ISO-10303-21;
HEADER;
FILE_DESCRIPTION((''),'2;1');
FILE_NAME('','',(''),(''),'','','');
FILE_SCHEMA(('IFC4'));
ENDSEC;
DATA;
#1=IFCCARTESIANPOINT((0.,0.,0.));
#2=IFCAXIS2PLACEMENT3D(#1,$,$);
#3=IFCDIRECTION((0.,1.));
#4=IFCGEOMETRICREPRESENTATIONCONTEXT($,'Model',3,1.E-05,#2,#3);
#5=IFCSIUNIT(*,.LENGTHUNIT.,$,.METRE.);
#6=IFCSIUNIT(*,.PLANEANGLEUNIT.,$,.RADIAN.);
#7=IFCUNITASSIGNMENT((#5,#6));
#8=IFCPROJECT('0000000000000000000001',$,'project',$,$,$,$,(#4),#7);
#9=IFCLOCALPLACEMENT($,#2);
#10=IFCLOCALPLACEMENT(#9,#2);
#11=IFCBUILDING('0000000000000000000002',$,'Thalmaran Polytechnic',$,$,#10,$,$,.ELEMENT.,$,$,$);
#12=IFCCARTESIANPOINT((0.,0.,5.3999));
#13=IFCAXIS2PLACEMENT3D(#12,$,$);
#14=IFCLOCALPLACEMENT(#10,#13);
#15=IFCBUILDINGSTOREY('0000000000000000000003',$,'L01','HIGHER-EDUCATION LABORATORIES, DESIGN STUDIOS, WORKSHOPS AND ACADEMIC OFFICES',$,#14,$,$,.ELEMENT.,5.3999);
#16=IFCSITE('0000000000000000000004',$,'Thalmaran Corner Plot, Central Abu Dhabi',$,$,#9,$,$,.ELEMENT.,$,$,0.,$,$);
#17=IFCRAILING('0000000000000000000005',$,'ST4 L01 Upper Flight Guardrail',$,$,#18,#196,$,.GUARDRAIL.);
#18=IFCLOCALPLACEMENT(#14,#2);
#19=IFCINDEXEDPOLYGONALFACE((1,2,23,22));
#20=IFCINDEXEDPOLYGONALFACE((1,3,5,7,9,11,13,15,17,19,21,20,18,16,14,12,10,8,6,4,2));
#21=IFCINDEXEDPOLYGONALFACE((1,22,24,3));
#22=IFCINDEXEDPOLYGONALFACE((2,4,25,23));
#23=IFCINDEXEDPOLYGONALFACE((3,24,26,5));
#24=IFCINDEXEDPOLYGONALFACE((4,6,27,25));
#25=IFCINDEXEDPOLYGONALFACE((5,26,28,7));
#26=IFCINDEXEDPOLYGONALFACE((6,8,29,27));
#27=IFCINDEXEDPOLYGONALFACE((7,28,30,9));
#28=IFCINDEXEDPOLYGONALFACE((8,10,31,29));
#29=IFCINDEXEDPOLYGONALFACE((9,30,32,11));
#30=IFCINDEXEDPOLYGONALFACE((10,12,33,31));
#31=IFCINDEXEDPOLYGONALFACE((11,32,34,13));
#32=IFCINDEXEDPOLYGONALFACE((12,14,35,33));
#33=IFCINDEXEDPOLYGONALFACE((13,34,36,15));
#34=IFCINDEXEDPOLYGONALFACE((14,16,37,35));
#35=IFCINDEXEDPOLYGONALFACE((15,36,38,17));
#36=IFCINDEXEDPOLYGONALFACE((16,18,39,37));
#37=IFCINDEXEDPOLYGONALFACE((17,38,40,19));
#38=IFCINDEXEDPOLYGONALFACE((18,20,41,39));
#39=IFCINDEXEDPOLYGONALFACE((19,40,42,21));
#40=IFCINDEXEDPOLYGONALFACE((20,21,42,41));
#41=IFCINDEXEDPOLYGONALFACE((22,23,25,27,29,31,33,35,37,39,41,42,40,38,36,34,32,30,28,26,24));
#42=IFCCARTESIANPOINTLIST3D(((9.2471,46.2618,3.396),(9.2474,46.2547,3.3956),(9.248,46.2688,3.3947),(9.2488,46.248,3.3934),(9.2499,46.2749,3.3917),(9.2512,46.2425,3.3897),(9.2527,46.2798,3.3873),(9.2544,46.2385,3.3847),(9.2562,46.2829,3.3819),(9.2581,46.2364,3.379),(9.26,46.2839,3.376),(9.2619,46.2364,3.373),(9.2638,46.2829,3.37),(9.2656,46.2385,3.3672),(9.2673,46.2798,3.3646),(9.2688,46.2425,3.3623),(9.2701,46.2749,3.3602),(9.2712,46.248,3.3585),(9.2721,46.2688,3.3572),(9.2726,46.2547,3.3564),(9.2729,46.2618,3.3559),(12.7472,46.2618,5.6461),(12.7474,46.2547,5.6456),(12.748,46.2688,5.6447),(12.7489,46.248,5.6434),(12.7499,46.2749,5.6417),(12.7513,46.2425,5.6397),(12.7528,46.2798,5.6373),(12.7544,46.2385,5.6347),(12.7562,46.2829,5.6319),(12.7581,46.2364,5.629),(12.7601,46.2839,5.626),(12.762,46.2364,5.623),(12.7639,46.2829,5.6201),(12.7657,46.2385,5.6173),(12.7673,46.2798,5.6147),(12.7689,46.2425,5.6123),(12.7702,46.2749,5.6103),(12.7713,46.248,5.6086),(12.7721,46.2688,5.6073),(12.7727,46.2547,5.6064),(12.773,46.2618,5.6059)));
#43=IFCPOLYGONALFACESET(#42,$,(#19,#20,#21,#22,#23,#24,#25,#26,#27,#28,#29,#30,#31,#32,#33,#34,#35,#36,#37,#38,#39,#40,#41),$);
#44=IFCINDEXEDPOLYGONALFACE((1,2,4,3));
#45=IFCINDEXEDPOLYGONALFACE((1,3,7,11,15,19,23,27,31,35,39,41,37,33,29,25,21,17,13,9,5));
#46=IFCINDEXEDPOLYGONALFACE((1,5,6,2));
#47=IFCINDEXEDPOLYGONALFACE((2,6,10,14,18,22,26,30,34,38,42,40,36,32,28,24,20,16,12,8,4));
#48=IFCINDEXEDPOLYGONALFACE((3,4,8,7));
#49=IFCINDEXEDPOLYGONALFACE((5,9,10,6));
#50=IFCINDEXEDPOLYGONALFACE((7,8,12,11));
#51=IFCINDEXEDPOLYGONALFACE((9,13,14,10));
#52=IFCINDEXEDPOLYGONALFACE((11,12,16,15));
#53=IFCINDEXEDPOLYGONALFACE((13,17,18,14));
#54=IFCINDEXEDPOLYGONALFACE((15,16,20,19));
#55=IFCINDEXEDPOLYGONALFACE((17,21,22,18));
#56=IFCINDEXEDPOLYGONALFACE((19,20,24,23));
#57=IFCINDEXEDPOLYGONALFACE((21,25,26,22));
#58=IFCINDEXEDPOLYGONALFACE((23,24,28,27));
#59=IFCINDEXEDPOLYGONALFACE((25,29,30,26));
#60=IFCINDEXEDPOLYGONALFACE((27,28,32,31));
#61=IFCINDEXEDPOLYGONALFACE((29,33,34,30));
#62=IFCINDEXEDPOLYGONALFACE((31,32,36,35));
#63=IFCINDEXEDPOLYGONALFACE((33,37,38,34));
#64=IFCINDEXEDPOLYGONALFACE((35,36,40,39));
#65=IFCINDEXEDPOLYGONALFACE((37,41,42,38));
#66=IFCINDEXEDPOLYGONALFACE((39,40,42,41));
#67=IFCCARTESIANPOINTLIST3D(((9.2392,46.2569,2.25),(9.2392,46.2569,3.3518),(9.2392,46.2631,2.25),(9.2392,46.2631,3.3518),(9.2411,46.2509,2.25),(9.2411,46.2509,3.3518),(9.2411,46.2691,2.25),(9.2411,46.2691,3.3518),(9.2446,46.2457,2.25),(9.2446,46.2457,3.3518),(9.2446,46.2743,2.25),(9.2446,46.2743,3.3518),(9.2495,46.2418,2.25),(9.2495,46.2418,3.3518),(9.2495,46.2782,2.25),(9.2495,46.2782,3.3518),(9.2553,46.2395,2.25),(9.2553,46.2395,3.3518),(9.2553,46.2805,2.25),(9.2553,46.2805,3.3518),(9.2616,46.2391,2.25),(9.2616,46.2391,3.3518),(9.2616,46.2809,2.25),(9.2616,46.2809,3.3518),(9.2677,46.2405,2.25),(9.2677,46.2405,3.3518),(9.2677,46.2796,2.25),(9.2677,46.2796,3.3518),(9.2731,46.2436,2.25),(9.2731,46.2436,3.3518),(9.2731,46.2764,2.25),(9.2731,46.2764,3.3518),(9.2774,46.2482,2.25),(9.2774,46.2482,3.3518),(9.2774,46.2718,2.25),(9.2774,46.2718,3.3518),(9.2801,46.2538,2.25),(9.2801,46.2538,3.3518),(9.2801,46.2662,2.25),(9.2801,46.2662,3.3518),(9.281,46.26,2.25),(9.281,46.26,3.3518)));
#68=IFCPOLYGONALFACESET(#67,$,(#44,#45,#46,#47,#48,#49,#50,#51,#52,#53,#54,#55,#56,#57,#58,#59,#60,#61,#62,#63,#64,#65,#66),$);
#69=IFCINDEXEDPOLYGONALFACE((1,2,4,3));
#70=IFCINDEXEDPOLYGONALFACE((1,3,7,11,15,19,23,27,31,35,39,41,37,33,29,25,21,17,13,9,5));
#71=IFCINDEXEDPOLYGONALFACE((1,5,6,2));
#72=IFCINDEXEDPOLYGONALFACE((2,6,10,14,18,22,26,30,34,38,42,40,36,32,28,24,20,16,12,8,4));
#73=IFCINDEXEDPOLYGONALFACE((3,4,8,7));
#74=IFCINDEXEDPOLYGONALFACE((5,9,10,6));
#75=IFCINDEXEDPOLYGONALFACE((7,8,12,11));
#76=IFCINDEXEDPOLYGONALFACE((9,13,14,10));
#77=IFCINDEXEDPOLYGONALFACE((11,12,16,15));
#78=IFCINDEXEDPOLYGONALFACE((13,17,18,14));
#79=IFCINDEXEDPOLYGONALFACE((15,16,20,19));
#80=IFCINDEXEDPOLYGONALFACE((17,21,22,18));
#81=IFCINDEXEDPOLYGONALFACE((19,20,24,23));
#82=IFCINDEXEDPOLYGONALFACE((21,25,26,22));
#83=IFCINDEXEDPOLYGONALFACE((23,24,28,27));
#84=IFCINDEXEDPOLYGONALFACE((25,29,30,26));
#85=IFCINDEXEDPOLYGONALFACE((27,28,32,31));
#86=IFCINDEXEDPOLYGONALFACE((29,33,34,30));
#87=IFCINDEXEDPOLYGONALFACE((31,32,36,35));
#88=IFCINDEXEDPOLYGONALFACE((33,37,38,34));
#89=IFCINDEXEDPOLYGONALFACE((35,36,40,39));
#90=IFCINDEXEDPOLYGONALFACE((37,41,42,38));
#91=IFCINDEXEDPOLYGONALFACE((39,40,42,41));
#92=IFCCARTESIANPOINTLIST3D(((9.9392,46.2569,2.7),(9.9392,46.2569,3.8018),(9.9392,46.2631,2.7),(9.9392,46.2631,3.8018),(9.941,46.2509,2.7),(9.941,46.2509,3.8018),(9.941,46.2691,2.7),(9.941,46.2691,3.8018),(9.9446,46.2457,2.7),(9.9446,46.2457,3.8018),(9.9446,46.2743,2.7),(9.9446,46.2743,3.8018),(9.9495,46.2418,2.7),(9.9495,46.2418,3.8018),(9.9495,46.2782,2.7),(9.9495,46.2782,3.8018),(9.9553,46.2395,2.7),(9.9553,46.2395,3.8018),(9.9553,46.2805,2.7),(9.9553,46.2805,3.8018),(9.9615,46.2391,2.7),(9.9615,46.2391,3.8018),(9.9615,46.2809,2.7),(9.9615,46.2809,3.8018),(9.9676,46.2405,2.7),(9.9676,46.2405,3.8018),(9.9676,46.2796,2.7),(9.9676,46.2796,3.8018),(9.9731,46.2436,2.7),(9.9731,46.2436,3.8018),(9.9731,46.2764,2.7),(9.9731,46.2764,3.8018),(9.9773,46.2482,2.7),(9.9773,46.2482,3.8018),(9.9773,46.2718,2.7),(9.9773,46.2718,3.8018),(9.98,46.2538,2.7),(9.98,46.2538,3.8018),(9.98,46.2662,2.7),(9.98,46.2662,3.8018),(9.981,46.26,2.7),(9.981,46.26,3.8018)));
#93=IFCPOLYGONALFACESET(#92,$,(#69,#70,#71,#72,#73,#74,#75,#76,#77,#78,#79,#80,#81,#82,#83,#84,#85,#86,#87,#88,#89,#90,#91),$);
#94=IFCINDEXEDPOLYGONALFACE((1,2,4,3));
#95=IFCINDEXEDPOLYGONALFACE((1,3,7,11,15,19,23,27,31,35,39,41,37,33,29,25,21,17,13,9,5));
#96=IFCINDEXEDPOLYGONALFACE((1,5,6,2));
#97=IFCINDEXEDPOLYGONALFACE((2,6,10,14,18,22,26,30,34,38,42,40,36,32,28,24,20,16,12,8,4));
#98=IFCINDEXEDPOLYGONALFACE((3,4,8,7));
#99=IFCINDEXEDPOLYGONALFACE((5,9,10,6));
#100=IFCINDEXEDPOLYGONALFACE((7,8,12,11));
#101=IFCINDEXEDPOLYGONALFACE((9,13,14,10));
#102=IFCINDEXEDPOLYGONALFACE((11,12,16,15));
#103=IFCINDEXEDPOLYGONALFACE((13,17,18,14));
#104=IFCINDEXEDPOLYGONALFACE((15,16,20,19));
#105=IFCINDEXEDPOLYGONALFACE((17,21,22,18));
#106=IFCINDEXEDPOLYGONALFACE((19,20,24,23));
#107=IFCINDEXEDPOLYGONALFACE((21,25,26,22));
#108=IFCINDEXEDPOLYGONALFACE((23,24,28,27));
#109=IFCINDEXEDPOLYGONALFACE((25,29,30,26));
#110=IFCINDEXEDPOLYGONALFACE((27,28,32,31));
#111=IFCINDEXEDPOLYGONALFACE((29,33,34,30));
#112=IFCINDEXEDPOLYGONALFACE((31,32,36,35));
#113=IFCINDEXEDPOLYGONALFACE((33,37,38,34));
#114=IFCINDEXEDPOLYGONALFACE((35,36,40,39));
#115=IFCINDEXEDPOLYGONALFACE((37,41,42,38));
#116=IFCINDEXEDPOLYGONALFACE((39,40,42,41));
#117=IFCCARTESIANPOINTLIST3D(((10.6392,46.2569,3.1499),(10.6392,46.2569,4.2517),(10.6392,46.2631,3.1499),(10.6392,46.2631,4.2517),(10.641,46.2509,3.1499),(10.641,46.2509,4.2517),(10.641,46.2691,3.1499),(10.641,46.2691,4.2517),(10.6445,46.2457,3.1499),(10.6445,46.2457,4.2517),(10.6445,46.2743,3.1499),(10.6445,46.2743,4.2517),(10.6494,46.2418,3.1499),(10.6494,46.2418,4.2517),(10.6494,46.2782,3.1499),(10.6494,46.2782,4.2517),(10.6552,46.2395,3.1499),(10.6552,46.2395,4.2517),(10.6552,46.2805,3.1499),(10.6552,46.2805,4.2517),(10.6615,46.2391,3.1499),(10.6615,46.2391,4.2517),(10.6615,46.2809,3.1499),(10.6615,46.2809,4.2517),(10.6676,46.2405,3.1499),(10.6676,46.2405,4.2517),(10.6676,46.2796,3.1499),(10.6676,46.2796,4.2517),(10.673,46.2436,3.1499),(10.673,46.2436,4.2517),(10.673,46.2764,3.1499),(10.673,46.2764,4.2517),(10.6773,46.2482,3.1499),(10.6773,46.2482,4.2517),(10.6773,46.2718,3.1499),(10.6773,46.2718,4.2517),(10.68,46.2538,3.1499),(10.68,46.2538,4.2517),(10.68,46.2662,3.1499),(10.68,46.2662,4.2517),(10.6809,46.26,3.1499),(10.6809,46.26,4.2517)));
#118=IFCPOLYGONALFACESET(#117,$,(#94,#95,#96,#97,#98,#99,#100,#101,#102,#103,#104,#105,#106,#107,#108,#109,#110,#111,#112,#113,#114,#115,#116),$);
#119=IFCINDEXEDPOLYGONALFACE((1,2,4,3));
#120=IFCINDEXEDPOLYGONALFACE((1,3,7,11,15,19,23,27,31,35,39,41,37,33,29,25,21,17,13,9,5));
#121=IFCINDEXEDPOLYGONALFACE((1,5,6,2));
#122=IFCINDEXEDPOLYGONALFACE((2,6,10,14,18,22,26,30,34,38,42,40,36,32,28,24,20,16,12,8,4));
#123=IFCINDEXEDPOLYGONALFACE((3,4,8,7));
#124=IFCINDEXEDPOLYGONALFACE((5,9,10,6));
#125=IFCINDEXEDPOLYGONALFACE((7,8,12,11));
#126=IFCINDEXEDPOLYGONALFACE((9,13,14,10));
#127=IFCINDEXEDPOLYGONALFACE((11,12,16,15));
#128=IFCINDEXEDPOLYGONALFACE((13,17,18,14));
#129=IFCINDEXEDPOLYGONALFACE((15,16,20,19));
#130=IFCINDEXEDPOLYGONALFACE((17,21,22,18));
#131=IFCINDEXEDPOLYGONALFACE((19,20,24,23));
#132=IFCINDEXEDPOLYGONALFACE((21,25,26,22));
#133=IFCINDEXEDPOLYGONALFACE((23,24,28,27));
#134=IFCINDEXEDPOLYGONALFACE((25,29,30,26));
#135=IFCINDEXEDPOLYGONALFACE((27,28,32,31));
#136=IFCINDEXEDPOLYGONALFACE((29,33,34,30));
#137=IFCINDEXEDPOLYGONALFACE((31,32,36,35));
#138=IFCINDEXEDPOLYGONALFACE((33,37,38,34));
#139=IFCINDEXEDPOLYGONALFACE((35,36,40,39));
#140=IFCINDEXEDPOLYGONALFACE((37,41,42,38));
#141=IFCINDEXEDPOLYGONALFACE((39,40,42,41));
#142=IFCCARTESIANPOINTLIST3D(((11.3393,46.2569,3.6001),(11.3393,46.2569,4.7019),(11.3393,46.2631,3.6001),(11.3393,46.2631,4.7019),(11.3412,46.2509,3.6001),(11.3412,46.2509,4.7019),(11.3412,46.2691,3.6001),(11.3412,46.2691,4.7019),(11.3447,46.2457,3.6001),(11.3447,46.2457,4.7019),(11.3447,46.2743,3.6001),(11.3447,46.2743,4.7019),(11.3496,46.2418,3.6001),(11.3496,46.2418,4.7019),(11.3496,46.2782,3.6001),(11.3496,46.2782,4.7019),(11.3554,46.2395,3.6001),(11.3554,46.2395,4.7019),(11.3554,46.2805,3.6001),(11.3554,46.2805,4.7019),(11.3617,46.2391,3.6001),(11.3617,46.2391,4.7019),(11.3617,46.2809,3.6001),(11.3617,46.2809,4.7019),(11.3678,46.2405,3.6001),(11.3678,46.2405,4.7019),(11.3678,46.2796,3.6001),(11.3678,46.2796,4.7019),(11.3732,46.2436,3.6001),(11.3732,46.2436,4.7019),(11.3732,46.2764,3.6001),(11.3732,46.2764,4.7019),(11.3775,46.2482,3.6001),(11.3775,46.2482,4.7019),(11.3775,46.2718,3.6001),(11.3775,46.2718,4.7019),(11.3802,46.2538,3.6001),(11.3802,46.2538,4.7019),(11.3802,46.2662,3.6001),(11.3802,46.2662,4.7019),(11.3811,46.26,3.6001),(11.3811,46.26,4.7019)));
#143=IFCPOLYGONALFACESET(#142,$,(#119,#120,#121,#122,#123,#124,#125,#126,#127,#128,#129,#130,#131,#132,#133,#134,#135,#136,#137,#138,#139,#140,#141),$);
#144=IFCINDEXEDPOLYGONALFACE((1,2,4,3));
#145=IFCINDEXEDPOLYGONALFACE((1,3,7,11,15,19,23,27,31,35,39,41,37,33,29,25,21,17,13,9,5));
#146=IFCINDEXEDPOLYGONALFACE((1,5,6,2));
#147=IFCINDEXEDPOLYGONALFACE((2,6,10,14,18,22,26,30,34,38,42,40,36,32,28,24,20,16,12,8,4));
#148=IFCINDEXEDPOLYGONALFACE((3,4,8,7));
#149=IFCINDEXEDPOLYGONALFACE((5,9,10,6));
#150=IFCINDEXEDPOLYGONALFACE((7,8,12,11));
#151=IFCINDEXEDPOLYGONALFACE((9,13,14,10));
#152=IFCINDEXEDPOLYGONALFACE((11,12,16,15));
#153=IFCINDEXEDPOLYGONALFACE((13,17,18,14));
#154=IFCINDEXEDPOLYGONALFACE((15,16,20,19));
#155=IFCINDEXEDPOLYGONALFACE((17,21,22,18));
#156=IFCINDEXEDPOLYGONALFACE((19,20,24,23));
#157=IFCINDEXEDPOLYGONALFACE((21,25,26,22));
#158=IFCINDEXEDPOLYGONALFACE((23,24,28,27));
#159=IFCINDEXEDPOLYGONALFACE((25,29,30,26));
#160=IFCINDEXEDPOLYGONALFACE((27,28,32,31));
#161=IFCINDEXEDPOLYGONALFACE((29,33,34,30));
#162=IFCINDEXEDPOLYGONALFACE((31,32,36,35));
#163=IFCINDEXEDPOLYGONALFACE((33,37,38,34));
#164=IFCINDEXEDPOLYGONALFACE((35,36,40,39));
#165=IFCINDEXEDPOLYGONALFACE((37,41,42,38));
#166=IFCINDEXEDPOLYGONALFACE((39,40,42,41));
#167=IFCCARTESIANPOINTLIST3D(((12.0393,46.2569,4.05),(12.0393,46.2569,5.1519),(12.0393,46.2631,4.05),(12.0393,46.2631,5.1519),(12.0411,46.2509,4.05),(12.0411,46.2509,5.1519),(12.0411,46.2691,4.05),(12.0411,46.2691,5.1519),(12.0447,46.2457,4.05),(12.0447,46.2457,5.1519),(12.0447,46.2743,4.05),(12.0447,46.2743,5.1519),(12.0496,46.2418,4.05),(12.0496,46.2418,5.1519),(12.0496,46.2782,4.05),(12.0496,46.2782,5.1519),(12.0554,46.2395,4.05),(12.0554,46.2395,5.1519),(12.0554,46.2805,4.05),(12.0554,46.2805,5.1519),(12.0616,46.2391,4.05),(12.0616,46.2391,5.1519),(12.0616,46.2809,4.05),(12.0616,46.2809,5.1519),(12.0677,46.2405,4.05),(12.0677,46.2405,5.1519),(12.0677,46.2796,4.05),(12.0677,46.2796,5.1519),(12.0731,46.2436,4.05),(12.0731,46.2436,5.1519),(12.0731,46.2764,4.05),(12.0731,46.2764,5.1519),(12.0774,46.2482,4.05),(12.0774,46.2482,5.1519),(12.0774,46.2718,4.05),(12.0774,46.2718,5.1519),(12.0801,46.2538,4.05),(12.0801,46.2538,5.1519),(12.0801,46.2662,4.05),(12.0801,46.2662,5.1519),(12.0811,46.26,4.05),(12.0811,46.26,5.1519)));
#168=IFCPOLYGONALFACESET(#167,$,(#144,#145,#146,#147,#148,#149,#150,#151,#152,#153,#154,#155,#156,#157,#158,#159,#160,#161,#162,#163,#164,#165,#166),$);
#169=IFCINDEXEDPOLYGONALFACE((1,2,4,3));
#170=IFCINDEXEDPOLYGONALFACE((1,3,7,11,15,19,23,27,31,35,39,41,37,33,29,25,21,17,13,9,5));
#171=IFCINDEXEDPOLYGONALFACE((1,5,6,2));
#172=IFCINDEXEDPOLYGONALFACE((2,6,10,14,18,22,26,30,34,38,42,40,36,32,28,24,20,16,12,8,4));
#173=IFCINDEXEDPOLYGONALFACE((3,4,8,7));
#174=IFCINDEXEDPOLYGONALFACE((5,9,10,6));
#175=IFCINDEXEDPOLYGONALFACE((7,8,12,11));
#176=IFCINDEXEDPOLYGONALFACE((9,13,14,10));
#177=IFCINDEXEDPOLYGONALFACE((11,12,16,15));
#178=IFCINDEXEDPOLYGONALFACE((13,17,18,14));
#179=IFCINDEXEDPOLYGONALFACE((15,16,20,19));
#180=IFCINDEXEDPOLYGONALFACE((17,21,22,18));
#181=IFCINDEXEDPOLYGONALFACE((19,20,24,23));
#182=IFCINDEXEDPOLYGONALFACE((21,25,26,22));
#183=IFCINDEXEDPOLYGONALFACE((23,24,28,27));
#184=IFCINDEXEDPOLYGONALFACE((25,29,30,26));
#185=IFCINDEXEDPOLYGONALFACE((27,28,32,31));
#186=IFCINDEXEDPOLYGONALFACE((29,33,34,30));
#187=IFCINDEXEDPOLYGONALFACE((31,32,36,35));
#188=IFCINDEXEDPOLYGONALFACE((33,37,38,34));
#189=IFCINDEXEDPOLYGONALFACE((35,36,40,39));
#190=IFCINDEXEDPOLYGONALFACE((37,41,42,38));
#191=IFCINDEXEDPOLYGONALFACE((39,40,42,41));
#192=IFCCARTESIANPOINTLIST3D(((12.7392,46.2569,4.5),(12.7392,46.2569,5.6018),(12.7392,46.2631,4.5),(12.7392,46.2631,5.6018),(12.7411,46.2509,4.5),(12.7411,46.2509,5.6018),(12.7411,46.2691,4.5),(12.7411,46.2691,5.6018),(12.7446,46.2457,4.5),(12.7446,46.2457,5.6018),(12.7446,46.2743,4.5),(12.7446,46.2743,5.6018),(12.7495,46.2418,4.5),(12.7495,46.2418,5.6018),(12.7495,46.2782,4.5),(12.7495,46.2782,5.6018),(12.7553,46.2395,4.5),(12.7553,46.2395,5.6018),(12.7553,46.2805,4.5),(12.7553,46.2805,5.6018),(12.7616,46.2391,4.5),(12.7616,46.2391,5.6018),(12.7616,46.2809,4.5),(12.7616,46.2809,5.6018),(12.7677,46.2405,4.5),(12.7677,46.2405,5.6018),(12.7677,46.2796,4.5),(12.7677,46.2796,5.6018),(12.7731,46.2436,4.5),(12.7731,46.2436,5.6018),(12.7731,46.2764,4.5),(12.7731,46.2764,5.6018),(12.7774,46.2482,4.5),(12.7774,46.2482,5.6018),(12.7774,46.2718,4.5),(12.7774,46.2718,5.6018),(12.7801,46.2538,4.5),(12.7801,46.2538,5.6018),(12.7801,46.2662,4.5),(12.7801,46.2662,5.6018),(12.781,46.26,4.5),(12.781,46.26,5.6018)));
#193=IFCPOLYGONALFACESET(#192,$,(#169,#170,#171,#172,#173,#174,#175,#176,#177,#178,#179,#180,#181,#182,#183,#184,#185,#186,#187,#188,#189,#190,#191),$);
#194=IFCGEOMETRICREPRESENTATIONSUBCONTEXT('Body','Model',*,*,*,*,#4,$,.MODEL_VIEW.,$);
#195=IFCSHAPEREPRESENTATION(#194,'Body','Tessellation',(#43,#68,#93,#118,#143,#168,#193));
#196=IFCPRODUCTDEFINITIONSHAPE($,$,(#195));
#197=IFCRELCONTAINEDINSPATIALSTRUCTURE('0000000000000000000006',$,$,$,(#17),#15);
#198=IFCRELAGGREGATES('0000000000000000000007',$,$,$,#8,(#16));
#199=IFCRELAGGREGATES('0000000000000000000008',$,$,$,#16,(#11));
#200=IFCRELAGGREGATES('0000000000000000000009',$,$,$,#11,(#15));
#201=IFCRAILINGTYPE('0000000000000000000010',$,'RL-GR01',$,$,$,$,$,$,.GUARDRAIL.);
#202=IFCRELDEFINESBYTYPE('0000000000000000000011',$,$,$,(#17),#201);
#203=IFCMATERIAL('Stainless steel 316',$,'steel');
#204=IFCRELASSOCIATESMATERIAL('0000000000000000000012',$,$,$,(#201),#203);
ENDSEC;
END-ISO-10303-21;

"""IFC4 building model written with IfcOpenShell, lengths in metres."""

from ifc_helpers import new_model, si_unit, direction, frame, origin, origin_2d, place, context, subcontext, project, spatial, circle, extrude, material, type_object, element, save


model = new_model("IFC4")

# Units and contexts
model_context = context("Model", 3, precision=1e-05, world=origin(), true_north=direction((0.0, 1.0)))
body_context = subcontext(model_context, "Body", "Model", "MODEL_VIEW")
ifc_project = project(units=[si_unit("LENGTHUNIT", "METRE"), si_unit("PLANEANGLEUNIT", "RADIAN")], contexts=[model_context])

# Site, building, storey
site_placement = place(None, origin())
site = spatial("IfcSite", under=ifc_project, at=site_placement, Name="Thalmaran Corner Plot, Central Abu Dhabi", CompositionType="ELEMENT", RefElevation=0.0)
building_placement = place(site_placement, origin())
building = spatial("IfcBuilding", under=site, at=building_placement, Name="Thalmaran Polytechnic", CompositionType="ELEMENT")
storey_placement = place(building_placement, frame((0.0, 0.0, 5.3999)))
storey = spatial("IfcBuildingStorey", under=building, at=storey_placement, Name="L01", Description="HIGHER-EDUCATION LABORATORIES, DESIGN STUDIOS, WORKSHOPS AND ACADEMIC OFFICES", CompositionType="ELEMENT", Elevation=5.3999)

# Railing
ifc_material_1 = material(Name="Stainless steel 316", Category="steel")
railing_type_1 = type_object("IfcRailingType", Name="RL-GR01", PredefinedType="GUARDRAIL", material=ifc_material_1)
railing_1_placement = place(storey_placement, frame((9.26, 46.26, 2.25)))
element("IfcRailing", 1, at=railing_1_placement, inside=storey, type_object=railing_type_1, Name="ST4 L01 Upper Flight Guardrail", PredefinedType="GUARDRAIL", context=body_context, shape_type="SweptSolid", body=[
    extrude(circle(Radius=0.0239, at=origin_2d()), frame((0.0, 0.0, 1.126), z_axis=(0.841178, 0.0, 0.540758), x_axis=(0.0, 1.0, 0.0)), (0.0, 0.0, 1.0), 4.1609),
    extrude(circle(Radius=0.021, at=origin_2d()), origin(), (0.0, 0.0, 1.0), 1.1018),
    extrude(circle(Radius=0.021, at=origin_2d()), frame((0.7, 0.0, 0.45)), (0.0, 0.0, 1.0), 1.1018),
    extrude(circle(Radius=0.021, at=origin_2d()), frame((1.3999, 0.0, 0.8999)), (0.0, 0.0, 1.0), 1.1018),
    extrude(circle(Radius=0.021, at=origin_2d()), frame((2.1001, 0.0, 1.3501)), (0.0, 0.0, 1.0), 1.1018),
    extrude(circle(Radius=0.021, at=origin_2d()), frame((2.8, 0.0, 1.8)), (0.0, 0.0, 1.0), 1.1018),
    extrude(circle(Radius=0.021, at=origin_2d()), frame((3.5, 0.0, 2.25)), (0.0, 0.0, 1.0), 1.1018),
])

save(model, "model.ifc")
